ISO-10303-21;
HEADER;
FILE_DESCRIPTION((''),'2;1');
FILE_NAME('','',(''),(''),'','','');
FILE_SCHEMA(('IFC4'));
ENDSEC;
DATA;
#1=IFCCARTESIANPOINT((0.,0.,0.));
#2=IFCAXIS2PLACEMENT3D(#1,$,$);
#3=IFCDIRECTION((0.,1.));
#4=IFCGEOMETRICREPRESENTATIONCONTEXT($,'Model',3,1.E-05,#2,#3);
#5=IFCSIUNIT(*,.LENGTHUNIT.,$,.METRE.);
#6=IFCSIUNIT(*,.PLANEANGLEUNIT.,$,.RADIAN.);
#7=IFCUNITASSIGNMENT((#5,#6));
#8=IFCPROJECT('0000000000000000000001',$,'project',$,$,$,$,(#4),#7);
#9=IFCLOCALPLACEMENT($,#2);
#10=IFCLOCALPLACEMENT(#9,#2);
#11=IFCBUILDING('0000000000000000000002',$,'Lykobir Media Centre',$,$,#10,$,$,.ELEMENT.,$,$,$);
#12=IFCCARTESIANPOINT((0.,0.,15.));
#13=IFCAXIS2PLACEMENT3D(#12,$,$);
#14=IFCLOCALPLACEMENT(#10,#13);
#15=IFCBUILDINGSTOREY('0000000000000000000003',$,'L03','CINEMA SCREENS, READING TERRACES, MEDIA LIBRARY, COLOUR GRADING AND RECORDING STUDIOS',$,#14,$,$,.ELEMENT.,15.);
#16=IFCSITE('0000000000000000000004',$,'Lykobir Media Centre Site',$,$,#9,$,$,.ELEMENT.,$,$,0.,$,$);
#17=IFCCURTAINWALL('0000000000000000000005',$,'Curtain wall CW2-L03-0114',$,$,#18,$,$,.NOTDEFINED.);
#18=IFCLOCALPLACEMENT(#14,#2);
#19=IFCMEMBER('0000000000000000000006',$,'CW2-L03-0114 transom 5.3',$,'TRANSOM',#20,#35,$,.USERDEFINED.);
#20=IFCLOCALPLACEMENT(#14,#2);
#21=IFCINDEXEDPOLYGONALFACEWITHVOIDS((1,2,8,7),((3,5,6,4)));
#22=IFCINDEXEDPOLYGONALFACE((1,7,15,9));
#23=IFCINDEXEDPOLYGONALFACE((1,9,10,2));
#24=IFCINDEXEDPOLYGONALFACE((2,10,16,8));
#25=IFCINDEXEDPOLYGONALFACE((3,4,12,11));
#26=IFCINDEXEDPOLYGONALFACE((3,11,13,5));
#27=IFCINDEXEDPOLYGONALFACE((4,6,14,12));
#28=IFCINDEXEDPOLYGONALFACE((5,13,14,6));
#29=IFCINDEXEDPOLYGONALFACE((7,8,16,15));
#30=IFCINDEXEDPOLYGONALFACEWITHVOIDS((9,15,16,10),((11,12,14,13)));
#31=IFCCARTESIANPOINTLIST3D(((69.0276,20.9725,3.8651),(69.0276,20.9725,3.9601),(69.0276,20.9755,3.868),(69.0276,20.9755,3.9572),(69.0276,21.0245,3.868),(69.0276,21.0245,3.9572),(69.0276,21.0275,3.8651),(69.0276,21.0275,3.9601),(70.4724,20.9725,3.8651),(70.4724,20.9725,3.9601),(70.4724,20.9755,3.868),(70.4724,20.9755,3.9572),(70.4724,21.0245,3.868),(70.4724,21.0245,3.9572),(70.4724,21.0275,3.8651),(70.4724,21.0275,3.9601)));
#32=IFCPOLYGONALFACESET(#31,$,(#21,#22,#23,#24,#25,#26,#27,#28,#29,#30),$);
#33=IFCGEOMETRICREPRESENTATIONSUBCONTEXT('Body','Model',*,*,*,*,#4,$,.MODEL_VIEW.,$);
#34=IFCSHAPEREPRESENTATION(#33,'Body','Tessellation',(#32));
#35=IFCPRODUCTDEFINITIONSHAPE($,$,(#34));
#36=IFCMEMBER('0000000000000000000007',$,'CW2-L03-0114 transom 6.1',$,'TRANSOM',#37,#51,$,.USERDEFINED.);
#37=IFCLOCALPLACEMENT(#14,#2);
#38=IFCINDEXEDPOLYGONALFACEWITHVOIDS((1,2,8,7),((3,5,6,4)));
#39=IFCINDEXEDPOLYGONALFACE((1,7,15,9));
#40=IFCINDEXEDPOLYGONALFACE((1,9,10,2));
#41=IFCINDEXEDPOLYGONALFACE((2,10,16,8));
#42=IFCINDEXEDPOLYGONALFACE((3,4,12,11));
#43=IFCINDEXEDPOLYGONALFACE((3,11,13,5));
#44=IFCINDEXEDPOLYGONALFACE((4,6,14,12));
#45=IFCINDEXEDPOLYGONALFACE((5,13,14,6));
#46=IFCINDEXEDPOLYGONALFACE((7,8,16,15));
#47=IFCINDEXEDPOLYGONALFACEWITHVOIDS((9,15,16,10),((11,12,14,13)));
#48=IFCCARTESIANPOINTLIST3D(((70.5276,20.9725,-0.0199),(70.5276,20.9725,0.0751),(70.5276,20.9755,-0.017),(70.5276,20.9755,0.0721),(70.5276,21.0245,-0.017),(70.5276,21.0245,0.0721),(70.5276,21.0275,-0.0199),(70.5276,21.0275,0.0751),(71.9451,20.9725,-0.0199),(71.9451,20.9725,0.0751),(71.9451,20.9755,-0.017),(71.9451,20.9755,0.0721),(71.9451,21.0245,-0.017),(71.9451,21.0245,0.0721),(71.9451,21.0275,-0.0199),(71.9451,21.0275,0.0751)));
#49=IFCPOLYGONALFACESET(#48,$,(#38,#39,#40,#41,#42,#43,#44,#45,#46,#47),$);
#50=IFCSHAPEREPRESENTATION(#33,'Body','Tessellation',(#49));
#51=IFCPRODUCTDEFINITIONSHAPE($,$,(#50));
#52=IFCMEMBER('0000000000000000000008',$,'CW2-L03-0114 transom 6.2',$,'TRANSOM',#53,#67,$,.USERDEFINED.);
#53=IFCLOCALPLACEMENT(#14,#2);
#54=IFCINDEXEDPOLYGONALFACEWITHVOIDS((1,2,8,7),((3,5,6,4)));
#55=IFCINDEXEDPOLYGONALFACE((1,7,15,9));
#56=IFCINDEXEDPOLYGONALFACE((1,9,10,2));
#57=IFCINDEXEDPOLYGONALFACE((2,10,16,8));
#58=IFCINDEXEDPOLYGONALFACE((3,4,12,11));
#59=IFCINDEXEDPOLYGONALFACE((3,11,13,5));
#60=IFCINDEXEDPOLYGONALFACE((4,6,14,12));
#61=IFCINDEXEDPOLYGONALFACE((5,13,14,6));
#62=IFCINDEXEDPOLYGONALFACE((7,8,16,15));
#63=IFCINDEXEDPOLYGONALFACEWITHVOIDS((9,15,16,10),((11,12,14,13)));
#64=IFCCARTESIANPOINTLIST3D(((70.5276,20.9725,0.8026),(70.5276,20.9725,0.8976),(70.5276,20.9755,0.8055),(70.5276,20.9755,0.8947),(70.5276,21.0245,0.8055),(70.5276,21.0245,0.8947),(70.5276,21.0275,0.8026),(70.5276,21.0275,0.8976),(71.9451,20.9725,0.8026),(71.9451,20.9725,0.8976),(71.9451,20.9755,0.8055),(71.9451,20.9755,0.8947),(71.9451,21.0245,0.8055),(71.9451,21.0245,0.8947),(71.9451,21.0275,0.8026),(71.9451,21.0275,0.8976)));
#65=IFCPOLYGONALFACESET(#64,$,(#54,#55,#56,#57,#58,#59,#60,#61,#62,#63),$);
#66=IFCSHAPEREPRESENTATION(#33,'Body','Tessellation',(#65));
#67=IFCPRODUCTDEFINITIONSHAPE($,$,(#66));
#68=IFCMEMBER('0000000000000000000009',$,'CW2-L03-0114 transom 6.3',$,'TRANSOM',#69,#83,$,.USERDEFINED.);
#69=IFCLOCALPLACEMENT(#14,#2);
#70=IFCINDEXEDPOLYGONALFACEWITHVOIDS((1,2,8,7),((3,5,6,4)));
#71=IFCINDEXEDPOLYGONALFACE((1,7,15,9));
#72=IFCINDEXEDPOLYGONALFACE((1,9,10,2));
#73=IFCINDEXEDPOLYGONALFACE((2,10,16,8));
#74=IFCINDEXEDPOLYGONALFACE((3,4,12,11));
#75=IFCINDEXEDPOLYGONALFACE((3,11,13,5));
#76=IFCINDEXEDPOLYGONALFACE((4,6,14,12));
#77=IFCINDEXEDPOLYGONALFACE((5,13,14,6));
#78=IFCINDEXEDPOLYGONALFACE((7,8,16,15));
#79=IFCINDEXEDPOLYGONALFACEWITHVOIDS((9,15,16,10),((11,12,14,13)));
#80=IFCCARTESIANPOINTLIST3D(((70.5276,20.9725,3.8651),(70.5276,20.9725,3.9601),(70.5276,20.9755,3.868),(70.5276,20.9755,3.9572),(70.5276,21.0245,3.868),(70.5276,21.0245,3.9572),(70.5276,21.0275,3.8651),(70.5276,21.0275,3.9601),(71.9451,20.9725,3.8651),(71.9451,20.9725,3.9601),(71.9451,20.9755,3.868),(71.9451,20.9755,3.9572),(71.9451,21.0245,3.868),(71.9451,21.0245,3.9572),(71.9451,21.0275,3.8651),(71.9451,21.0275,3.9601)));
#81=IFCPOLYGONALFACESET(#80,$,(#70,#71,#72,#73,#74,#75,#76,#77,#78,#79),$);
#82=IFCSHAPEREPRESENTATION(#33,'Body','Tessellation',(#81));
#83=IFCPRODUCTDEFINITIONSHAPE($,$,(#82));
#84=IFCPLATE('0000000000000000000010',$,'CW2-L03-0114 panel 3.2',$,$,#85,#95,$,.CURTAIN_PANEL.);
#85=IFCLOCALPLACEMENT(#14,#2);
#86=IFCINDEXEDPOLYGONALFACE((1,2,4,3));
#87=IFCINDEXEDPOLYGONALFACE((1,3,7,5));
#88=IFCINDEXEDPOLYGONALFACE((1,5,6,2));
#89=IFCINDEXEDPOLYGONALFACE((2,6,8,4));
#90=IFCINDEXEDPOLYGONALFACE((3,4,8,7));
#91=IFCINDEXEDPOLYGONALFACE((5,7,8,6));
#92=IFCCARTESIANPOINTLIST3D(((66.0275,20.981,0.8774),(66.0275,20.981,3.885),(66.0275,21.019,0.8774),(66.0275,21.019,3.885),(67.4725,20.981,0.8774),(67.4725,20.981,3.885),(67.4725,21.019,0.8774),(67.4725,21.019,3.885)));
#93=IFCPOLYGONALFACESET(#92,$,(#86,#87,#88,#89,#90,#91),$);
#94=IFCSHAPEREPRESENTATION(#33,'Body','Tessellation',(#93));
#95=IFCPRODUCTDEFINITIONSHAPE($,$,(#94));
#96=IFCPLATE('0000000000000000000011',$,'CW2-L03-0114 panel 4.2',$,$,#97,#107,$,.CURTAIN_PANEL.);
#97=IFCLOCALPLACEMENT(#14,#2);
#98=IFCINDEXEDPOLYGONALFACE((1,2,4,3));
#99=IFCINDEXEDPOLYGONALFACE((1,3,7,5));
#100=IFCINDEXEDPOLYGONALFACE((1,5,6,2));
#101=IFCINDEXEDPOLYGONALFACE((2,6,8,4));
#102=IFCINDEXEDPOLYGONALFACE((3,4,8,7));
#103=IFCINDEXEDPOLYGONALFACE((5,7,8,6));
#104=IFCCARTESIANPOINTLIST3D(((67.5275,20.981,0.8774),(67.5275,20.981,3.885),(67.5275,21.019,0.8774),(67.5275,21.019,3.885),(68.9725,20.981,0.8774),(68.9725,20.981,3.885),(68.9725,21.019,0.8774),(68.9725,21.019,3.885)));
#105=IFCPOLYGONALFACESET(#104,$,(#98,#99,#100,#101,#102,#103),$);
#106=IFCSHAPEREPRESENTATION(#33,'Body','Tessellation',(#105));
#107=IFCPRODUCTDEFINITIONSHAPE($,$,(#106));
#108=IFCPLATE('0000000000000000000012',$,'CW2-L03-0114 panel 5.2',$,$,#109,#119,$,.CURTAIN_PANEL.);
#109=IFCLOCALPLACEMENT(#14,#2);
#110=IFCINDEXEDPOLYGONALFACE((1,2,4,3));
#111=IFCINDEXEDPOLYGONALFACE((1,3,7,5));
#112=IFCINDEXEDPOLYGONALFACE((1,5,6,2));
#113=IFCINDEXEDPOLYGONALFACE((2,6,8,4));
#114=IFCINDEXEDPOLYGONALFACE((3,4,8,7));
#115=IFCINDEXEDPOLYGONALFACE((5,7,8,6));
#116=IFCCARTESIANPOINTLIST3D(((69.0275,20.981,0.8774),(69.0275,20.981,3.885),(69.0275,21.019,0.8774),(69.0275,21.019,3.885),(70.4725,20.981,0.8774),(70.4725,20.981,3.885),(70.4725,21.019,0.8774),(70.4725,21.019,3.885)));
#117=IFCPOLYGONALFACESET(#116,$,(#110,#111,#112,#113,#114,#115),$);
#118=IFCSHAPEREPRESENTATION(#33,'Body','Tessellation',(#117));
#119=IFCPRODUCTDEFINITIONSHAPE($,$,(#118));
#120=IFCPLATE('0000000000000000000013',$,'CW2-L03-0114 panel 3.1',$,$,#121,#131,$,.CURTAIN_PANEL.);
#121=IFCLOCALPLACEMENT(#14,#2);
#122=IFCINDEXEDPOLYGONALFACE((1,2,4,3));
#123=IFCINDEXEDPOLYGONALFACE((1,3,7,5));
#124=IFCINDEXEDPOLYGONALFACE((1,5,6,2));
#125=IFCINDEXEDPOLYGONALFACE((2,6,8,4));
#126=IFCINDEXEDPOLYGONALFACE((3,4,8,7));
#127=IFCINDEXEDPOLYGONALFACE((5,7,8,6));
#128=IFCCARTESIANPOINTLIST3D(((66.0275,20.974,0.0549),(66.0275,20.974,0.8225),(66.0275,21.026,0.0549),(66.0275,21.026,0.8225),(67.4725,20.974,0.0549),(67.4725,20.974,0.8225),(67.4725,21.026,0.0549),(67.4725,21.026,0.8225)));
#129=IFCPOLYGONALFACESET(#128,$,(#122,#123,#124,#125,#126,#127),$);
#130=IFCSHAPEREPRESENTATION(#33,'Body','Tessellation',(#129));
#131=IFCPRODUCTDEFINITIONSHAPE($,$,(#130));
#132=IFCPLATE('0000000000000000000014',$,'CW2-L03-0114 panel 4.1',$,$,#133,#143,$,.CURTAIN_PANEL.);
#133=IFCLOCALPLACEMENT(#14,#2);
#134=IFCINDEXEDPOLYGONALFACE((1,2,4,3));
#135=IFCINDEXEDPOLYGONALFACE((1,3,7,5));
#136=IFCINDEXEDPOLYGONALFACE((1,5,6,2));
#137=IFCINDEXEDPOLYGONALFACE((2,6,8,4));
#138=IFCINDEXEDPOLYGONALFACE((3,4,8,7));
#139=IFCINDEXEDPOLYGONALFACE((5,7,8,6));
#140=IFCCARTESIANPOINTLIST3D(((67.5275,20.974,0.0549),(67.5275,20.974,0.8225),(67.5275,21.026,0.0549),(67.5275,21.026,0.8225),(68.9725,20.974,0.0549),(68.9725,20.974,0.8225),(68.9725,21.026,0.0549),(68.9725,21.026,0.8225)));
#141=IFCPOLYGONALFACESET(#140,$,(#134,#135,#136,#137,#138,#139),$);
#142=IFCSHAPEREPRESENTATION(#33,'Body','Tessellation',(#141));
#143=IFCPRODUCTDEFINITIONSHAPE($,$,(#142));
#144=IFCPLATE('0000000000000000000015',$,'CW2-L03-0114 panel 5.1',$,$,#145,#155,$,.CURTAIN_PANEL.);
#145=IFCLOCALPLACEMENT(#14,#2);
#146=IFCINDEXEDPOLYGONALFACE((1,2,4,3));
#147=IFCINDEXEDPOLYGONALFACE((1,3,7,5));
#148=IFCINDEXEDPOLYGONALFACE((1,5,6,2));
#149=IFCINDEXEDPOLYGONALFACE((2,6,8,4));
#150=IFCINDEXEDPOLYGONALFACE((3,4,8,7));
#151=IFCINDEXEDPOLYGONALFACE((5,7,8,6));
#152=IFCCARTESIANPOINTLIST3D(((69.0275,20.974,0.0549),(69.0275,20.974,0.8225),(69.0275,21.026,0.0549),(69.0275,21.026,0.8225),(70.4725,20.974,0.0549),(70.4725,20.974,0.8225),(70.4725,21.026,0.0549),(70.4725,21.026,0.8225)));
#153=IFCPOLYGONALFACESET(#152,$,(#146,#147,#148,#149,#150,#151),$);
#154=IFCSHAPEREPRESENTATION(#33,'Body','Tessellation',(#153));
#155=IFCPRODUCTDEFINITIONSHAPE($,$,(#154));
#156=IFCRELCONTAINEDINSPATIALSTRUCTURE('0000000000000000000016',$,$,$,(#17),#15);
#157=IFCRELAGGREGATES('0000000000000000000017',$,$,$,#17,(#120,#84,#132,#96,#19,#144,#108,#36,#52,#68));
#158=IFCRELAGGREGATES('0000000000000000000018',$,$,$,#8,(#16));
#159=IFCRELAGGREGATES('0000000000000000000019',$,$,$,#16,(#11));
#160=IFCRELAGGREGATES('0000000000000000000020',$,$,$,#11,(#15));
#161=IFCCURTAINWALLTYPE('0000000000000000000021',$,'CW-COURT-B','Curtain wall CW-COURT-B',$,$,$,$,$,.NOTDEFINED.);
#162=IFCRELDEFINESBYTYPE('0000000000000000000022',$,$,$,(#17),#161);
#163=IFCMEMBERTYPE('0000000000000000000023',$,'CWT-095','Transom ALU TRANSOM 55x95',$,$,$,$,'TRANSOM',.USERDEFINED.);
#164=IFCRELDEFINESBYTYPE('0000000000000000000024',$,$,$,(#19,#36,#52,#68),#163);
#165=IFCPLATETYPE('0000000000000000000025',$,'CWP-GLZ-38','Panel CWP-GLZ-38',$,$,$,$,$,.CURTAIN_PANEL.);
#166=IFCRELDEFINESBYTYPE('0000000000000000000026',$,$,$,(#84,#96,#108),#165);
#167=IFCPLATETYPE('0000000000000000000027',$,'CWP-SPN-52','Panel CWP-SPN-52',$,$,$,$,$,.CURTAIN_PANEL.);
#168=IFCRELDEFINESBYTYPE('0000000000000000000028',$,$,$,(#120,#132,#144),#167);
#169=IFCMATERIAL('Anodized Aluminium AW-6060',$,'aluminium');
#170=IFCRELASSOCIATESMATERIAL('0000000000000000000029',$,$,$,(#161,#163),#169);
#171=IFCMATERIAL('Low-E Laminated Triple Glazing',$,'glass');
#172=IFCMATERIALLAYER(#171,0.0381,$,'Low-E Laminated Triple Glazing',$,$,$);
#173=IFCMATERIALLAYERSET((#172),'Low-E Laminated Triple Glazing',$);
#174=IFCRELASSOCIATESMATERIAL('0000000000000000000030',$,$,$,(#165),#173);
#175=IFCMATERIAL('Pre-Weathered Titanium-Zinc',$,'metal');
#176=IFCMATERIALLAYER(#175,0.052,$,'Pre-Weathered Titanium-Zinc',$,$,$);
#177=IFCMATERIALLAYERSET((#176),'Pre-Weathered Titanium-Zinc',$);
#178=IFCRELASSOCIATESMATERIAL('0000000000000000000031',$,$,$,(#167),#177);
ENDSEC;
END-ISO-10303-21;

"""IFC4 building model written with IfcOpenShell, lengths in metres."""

from ifc_helpers import new_model, si_unit, direction, frame, origin, origin_2d, place, context, subcontext, project, spatial, rectangle, hollow_rectangle, extrude, material, layer, layer_set, material_profile, profile_set, type_object, element, aggregate, save


model = new_model("IFC4")

# Units and contexts
model_context = context("Model", 3, precision=1e-05, world=origin(), true_north=direction((0.0, 1.0)))
body_context = subcontext(model_context, "Body", "Model", "MODEL_VIEW")
ifc_project = project(units=[si_unit("LENGTHUNIT", "METRE"), si_unit("PLANEANGLEUNIT", "RADIAN")], contexts=[model_context])

# Site, building, storey
site_placement = place(None, origin())
site = spatial("IfcSite", under=ifc_project, at=site_placement, Name="Lykobir Media Centre Site", CompositionType="ELEMENT", RefElevation=0.0)
building_placement = place(site_placement, origin())
building = spatial("IfcBuilding", under=site, at=building_placement, Name="Lykobir Media Centre", CompositionType="ELEMENT")
storey_placement = place(building_placement, frame((0.0, 0.0, 15.0)))
storey = spatial("IfcBuildingStorey", under=building, at=storey_placement, Name="L03", Description="CINEMA SCREENS, READING TERRACES, MEDIA LIBRARY, COLOUR GRADING AND RECORDING STUDIOS", CompositionType="ELEMENT", Elevation=15.0)

# Curtain wall, members, plates
ifc_material_1 = material(Name="Anodized Aluminium AW-6060", Category="aluminium")
curtain_wall_type = type_object("IfcCurtainWallType", Name="CW-COURT-B", Description="Curtain wall CW-COURT-B", PredefinedType="NOTDEFINED", material=ifc_material_1)
curtain_wall_placement = place(storey_placement, origin())
curtain_wall = element("IfcCurtainWall", 1, at=curtain_wall_placement, inside=storey, type_object=curtain_wall_type, Name="Curtain wall CW2-L03-0114", PredefinedType="NOTDEFINED")
ifc_material_profile_1 = material_profile(ifc_material_1, hollow_rectangle(XDim=0.0549, YDim=0.095, WallThickness=0.0029, at=origin_2d()), Name="ALU TRANSOM 55x95")
ifc_profile_set_1 = profile_set([ifc_material_profile_1], Name="Anodized Aluminium AW-6060")
member_type_1 = type_object("IfcMemberType", Name="CWT-095", Description="Transom ALU TRANSOM 55x95", ElementType="TRANSOM", PredefinedType="USERDEFINED", material=ifc_profile_set_1)
member_1_placement = place(storey_placement, frame((69.0276, 21.0, 3.9126), z_axis=(1.0, 0.0, 0.0), x_axis=(0.0, 1.0, 0.0)))
member_1 = element("IfcMember", 2, at=member_1_placement, type_object=member_type_1, Name="CW2-L03-0114 transom 5.3", ObjectType="TRANSOM", PredefinedType="USERDEFINED", context=body_context, shape_type="SweptSolid", body=[
    extrude(hollow_rectangle(XDim=0.0549, YDim=0.095, WallThickness=0.0029, at=origin_2d()), origin(), (0.0, 0.0, 1.0), 1.4448),
])
member_2_placement = place(storey_placement, frame((70.5276, 21.0, 0.0276), z_axis=(1.0, 0.0, 0.0), x_axis=(0.0, 1.0, 0.0)))
member_2 = element("IfcMember", 3, at=member_2_placement, type_object=member_type_1, Name="CW2-L03-0114 transom 6.1", ObjectType="TRANSOM", PredefinedType="USERDEFINED", context=body_context, shape_type="SweptSolid", body=[
    extrude(hollow_rectangle(XDim=0.0549, YDim=0.095, WallThickness=0.0029, at=origin_2d()), origin(), (0.0, 0.0, 1.0), 1.4175),
])
member_3_placement = place(storey_placement, frame((70.5276, 21.0, 0.8501), z_axis=(1.0, 0.0, 0.0), x_axis=(0.0, 1.0, 0.0)))
member_3 = element("IfcMember", 4, at=member_3_placement, type_object=member_type_1, Name="CW2-L03-0114 transom 6.2", ObjectType="TRANSOM", PredefinedType="USERDEFINED", context=body_context, shape_type="SweptSolid", body=[
    extrude(hollow_rectangle(XDim=0.0549, YDim=0.095, WallThickness=0.0029, at=origin_2d()), origin(), (0.0, 0.0, 1.0), 1.4175),
])
member_4_placement = place(storey_placement, frame((70.5276, 21.0, 3.9126), z_axis=(1.0, 0.0, 0.0), x_axis=(0.0, 1.0, 0.0)))
member_4 = element("IfcMember", 5, at=member_4_placement, type_object=member_type_1, Name="CW2-L03-0114 transom 6.3", ObjectType="TRANSOM", PredefinedType="USERDEFINED", context=body_context, shape_type="SweptSolid", body=[
    extrude(hollow_rectangle(XDim=0.0549, YDim=0.095, WallThickness=0.0029, at=origin_2d()), origin(), (0.0, 0.0, 1.0), 1.4175),
])
ifc_material_2 = material(Name="Low-E Laminated Triple Glazing", Category="glass")
ifc_layer_1 = layer(ifc_material_2, 0.0381, Name="Low-E Laminated Triple Glazing")
ifc_layer_set_1 = layer_set([ifc_layer_1], Name="Low-E Laminated Triple Glazing")
plate_type_1 = type_object("IfcPlateType", Name="CWP-GLZ-38", Description="Panel CWP-GLZ-38", PredefinedType="CURTAIN_PANEL", material=ifc_layer_set_1)
plate_1_placement = place(storey_placement, frame((66.75, 21.0, 0.8774), z_axis=(0.0, 0.0, 1.0), x_axis=(1.0, 0.0, 0.0)))
plate_1 = element("IfcPlate", 6, at=plate_1_placement, type_object=plate_type_1, Name="CW2-L03-0114 panel 3.2", PredefinedType="CURTAIN_PANEL", context=body_context, shape_type="SweptSolid", body=[
    extrude(rectangle(XDim=1.4451, YDim=0.0381, at=origin_2d()), origin(), (0.0, 0.0, 1.0), 3.0076),
])
plate_2_placement = place(storey_placement, frame((68.25, 21.0, 0.8774), z_axis=(0.0, 0.0, 1.0), x_axis=(1.0, 0.0, 0.0)))
plate_2 = element("IfcPlate", 7, at=plate_2_placement, type_object=plate_type_1, Name="CW2-L03-0114 panel 4.2", PredefinedType="CURTAIN_PANEL", context=body_context, shape_type="SweptSolid", body=[
    extrude(rectangle(XDim=1.4451, YDim=0.0381, at=origin_2d()), origin(), (0.0, 0.0, 1.0), 3.0076),
])
plate_3_placement = place(storey_placement, frame((69.75, 21.0, 0.8774), z_axis=(0.0, 0.0, 1.0), x_axis=(1.0, 0.0, 0.0)))
plate_3 = element("IfcPlate", 8, at=plate_3_placement, type_object=plate_type_1, Name="CW2-L03-0114 panel 5.2", PredefinedType="CURTAIN_PANEL", context=body_context, shape_type="SweptSolid", body=[
    extrude(rectangle(XDim=1.4451, YDim=0.0381, at=origin_2d()), origin(), (0.0, 0.0, 1.0), 3.0076),
])
ifc_material_3 = material(Name="Pre-Weathered Titanium-Zinc", Category="metal")
ifc_layer_2 = layer(ifc_material_3, 0.052, Name="Pre-Weathered Titanium-Zinc")
ifc_layer_set_2 = layer_set([ifc_layer_2], Name="Pre-Weathered Titanium-Zinc")
plate_type_2 = type_object("IfcPlateType", Name="CWP-SPN-52", Description="Panel CWP-SPN-52", PredefinedType="CURTAIN_PANEL", material=ifc_layer_set_2)
plate_4_placement = place(storey_placement, frame((66.75, 21.0, 0.0549), z_axis=(0.0, 0.0, 1.0), x_axis=(1.0, 0.0, 0.0)))
plate_4 = element("IfcPlate", 9, at=plate_4_placement, type_object=plate_type_2, Name="CW2-L03-0114 panel 3.1", PredefinedType="CURTAIN_PANEL", context=body_context, shape_type="SweptSolid", body=[
    extrude(rectangle(XDim=1.4451, YDim=0.052, at=origin_2d()), origin(), (0.0, 0.0, 1.0), 0.7676),
])
plate_5_placement = place(storey_placement, frame((68.25, 21.0, 0.0549), z_axis=(0.0, 0.0, 1.0), x_axis=(1.0, 0.0, 0.0)))
plate_5 = element("IfcPlate", 10, at=plate_5_placement, type_object=plate_type_2, Name="CW2-L03-0114 panel 4.1", PredefinedType="CURTAIN_PANEL", context=body_context, shape_type="SweptSolid", body=[
    extrude(rectangle(XDim=1.4451, YDim=0.052, at=origin_2d()), origin(), (0.0, 0.0, 1.0), 0.7676),
])
plate_6_placement = place(storey_placement, frame((69.75, 21.0, 0.0549), z_axis=(0.0, 0.0, 1.0), x_axis=(1.0, 0.0, 0.0)))
plate_6 = element("IfcPlate", 11, at=plate_6_placement, type_object=plate_type_2, Name="CW2-L03-0114 panel 5.1", PredefinedType="CURTAIN_PANEL", context=body_context, shape_type="SweptSolid", body=[
    extrude(rectangle(XDim=1.4451, YDim=0.052, at=origin_2d()), origin(), (0.0, 0.0, 1.0), 0.7676),
])
aggregate(curtain_wall, [plate_4, plate_1, plate_5, plate_2, member_1, plate_6, plate_3, member_2, member_3, member_4])

save(model, "model.ifc")
